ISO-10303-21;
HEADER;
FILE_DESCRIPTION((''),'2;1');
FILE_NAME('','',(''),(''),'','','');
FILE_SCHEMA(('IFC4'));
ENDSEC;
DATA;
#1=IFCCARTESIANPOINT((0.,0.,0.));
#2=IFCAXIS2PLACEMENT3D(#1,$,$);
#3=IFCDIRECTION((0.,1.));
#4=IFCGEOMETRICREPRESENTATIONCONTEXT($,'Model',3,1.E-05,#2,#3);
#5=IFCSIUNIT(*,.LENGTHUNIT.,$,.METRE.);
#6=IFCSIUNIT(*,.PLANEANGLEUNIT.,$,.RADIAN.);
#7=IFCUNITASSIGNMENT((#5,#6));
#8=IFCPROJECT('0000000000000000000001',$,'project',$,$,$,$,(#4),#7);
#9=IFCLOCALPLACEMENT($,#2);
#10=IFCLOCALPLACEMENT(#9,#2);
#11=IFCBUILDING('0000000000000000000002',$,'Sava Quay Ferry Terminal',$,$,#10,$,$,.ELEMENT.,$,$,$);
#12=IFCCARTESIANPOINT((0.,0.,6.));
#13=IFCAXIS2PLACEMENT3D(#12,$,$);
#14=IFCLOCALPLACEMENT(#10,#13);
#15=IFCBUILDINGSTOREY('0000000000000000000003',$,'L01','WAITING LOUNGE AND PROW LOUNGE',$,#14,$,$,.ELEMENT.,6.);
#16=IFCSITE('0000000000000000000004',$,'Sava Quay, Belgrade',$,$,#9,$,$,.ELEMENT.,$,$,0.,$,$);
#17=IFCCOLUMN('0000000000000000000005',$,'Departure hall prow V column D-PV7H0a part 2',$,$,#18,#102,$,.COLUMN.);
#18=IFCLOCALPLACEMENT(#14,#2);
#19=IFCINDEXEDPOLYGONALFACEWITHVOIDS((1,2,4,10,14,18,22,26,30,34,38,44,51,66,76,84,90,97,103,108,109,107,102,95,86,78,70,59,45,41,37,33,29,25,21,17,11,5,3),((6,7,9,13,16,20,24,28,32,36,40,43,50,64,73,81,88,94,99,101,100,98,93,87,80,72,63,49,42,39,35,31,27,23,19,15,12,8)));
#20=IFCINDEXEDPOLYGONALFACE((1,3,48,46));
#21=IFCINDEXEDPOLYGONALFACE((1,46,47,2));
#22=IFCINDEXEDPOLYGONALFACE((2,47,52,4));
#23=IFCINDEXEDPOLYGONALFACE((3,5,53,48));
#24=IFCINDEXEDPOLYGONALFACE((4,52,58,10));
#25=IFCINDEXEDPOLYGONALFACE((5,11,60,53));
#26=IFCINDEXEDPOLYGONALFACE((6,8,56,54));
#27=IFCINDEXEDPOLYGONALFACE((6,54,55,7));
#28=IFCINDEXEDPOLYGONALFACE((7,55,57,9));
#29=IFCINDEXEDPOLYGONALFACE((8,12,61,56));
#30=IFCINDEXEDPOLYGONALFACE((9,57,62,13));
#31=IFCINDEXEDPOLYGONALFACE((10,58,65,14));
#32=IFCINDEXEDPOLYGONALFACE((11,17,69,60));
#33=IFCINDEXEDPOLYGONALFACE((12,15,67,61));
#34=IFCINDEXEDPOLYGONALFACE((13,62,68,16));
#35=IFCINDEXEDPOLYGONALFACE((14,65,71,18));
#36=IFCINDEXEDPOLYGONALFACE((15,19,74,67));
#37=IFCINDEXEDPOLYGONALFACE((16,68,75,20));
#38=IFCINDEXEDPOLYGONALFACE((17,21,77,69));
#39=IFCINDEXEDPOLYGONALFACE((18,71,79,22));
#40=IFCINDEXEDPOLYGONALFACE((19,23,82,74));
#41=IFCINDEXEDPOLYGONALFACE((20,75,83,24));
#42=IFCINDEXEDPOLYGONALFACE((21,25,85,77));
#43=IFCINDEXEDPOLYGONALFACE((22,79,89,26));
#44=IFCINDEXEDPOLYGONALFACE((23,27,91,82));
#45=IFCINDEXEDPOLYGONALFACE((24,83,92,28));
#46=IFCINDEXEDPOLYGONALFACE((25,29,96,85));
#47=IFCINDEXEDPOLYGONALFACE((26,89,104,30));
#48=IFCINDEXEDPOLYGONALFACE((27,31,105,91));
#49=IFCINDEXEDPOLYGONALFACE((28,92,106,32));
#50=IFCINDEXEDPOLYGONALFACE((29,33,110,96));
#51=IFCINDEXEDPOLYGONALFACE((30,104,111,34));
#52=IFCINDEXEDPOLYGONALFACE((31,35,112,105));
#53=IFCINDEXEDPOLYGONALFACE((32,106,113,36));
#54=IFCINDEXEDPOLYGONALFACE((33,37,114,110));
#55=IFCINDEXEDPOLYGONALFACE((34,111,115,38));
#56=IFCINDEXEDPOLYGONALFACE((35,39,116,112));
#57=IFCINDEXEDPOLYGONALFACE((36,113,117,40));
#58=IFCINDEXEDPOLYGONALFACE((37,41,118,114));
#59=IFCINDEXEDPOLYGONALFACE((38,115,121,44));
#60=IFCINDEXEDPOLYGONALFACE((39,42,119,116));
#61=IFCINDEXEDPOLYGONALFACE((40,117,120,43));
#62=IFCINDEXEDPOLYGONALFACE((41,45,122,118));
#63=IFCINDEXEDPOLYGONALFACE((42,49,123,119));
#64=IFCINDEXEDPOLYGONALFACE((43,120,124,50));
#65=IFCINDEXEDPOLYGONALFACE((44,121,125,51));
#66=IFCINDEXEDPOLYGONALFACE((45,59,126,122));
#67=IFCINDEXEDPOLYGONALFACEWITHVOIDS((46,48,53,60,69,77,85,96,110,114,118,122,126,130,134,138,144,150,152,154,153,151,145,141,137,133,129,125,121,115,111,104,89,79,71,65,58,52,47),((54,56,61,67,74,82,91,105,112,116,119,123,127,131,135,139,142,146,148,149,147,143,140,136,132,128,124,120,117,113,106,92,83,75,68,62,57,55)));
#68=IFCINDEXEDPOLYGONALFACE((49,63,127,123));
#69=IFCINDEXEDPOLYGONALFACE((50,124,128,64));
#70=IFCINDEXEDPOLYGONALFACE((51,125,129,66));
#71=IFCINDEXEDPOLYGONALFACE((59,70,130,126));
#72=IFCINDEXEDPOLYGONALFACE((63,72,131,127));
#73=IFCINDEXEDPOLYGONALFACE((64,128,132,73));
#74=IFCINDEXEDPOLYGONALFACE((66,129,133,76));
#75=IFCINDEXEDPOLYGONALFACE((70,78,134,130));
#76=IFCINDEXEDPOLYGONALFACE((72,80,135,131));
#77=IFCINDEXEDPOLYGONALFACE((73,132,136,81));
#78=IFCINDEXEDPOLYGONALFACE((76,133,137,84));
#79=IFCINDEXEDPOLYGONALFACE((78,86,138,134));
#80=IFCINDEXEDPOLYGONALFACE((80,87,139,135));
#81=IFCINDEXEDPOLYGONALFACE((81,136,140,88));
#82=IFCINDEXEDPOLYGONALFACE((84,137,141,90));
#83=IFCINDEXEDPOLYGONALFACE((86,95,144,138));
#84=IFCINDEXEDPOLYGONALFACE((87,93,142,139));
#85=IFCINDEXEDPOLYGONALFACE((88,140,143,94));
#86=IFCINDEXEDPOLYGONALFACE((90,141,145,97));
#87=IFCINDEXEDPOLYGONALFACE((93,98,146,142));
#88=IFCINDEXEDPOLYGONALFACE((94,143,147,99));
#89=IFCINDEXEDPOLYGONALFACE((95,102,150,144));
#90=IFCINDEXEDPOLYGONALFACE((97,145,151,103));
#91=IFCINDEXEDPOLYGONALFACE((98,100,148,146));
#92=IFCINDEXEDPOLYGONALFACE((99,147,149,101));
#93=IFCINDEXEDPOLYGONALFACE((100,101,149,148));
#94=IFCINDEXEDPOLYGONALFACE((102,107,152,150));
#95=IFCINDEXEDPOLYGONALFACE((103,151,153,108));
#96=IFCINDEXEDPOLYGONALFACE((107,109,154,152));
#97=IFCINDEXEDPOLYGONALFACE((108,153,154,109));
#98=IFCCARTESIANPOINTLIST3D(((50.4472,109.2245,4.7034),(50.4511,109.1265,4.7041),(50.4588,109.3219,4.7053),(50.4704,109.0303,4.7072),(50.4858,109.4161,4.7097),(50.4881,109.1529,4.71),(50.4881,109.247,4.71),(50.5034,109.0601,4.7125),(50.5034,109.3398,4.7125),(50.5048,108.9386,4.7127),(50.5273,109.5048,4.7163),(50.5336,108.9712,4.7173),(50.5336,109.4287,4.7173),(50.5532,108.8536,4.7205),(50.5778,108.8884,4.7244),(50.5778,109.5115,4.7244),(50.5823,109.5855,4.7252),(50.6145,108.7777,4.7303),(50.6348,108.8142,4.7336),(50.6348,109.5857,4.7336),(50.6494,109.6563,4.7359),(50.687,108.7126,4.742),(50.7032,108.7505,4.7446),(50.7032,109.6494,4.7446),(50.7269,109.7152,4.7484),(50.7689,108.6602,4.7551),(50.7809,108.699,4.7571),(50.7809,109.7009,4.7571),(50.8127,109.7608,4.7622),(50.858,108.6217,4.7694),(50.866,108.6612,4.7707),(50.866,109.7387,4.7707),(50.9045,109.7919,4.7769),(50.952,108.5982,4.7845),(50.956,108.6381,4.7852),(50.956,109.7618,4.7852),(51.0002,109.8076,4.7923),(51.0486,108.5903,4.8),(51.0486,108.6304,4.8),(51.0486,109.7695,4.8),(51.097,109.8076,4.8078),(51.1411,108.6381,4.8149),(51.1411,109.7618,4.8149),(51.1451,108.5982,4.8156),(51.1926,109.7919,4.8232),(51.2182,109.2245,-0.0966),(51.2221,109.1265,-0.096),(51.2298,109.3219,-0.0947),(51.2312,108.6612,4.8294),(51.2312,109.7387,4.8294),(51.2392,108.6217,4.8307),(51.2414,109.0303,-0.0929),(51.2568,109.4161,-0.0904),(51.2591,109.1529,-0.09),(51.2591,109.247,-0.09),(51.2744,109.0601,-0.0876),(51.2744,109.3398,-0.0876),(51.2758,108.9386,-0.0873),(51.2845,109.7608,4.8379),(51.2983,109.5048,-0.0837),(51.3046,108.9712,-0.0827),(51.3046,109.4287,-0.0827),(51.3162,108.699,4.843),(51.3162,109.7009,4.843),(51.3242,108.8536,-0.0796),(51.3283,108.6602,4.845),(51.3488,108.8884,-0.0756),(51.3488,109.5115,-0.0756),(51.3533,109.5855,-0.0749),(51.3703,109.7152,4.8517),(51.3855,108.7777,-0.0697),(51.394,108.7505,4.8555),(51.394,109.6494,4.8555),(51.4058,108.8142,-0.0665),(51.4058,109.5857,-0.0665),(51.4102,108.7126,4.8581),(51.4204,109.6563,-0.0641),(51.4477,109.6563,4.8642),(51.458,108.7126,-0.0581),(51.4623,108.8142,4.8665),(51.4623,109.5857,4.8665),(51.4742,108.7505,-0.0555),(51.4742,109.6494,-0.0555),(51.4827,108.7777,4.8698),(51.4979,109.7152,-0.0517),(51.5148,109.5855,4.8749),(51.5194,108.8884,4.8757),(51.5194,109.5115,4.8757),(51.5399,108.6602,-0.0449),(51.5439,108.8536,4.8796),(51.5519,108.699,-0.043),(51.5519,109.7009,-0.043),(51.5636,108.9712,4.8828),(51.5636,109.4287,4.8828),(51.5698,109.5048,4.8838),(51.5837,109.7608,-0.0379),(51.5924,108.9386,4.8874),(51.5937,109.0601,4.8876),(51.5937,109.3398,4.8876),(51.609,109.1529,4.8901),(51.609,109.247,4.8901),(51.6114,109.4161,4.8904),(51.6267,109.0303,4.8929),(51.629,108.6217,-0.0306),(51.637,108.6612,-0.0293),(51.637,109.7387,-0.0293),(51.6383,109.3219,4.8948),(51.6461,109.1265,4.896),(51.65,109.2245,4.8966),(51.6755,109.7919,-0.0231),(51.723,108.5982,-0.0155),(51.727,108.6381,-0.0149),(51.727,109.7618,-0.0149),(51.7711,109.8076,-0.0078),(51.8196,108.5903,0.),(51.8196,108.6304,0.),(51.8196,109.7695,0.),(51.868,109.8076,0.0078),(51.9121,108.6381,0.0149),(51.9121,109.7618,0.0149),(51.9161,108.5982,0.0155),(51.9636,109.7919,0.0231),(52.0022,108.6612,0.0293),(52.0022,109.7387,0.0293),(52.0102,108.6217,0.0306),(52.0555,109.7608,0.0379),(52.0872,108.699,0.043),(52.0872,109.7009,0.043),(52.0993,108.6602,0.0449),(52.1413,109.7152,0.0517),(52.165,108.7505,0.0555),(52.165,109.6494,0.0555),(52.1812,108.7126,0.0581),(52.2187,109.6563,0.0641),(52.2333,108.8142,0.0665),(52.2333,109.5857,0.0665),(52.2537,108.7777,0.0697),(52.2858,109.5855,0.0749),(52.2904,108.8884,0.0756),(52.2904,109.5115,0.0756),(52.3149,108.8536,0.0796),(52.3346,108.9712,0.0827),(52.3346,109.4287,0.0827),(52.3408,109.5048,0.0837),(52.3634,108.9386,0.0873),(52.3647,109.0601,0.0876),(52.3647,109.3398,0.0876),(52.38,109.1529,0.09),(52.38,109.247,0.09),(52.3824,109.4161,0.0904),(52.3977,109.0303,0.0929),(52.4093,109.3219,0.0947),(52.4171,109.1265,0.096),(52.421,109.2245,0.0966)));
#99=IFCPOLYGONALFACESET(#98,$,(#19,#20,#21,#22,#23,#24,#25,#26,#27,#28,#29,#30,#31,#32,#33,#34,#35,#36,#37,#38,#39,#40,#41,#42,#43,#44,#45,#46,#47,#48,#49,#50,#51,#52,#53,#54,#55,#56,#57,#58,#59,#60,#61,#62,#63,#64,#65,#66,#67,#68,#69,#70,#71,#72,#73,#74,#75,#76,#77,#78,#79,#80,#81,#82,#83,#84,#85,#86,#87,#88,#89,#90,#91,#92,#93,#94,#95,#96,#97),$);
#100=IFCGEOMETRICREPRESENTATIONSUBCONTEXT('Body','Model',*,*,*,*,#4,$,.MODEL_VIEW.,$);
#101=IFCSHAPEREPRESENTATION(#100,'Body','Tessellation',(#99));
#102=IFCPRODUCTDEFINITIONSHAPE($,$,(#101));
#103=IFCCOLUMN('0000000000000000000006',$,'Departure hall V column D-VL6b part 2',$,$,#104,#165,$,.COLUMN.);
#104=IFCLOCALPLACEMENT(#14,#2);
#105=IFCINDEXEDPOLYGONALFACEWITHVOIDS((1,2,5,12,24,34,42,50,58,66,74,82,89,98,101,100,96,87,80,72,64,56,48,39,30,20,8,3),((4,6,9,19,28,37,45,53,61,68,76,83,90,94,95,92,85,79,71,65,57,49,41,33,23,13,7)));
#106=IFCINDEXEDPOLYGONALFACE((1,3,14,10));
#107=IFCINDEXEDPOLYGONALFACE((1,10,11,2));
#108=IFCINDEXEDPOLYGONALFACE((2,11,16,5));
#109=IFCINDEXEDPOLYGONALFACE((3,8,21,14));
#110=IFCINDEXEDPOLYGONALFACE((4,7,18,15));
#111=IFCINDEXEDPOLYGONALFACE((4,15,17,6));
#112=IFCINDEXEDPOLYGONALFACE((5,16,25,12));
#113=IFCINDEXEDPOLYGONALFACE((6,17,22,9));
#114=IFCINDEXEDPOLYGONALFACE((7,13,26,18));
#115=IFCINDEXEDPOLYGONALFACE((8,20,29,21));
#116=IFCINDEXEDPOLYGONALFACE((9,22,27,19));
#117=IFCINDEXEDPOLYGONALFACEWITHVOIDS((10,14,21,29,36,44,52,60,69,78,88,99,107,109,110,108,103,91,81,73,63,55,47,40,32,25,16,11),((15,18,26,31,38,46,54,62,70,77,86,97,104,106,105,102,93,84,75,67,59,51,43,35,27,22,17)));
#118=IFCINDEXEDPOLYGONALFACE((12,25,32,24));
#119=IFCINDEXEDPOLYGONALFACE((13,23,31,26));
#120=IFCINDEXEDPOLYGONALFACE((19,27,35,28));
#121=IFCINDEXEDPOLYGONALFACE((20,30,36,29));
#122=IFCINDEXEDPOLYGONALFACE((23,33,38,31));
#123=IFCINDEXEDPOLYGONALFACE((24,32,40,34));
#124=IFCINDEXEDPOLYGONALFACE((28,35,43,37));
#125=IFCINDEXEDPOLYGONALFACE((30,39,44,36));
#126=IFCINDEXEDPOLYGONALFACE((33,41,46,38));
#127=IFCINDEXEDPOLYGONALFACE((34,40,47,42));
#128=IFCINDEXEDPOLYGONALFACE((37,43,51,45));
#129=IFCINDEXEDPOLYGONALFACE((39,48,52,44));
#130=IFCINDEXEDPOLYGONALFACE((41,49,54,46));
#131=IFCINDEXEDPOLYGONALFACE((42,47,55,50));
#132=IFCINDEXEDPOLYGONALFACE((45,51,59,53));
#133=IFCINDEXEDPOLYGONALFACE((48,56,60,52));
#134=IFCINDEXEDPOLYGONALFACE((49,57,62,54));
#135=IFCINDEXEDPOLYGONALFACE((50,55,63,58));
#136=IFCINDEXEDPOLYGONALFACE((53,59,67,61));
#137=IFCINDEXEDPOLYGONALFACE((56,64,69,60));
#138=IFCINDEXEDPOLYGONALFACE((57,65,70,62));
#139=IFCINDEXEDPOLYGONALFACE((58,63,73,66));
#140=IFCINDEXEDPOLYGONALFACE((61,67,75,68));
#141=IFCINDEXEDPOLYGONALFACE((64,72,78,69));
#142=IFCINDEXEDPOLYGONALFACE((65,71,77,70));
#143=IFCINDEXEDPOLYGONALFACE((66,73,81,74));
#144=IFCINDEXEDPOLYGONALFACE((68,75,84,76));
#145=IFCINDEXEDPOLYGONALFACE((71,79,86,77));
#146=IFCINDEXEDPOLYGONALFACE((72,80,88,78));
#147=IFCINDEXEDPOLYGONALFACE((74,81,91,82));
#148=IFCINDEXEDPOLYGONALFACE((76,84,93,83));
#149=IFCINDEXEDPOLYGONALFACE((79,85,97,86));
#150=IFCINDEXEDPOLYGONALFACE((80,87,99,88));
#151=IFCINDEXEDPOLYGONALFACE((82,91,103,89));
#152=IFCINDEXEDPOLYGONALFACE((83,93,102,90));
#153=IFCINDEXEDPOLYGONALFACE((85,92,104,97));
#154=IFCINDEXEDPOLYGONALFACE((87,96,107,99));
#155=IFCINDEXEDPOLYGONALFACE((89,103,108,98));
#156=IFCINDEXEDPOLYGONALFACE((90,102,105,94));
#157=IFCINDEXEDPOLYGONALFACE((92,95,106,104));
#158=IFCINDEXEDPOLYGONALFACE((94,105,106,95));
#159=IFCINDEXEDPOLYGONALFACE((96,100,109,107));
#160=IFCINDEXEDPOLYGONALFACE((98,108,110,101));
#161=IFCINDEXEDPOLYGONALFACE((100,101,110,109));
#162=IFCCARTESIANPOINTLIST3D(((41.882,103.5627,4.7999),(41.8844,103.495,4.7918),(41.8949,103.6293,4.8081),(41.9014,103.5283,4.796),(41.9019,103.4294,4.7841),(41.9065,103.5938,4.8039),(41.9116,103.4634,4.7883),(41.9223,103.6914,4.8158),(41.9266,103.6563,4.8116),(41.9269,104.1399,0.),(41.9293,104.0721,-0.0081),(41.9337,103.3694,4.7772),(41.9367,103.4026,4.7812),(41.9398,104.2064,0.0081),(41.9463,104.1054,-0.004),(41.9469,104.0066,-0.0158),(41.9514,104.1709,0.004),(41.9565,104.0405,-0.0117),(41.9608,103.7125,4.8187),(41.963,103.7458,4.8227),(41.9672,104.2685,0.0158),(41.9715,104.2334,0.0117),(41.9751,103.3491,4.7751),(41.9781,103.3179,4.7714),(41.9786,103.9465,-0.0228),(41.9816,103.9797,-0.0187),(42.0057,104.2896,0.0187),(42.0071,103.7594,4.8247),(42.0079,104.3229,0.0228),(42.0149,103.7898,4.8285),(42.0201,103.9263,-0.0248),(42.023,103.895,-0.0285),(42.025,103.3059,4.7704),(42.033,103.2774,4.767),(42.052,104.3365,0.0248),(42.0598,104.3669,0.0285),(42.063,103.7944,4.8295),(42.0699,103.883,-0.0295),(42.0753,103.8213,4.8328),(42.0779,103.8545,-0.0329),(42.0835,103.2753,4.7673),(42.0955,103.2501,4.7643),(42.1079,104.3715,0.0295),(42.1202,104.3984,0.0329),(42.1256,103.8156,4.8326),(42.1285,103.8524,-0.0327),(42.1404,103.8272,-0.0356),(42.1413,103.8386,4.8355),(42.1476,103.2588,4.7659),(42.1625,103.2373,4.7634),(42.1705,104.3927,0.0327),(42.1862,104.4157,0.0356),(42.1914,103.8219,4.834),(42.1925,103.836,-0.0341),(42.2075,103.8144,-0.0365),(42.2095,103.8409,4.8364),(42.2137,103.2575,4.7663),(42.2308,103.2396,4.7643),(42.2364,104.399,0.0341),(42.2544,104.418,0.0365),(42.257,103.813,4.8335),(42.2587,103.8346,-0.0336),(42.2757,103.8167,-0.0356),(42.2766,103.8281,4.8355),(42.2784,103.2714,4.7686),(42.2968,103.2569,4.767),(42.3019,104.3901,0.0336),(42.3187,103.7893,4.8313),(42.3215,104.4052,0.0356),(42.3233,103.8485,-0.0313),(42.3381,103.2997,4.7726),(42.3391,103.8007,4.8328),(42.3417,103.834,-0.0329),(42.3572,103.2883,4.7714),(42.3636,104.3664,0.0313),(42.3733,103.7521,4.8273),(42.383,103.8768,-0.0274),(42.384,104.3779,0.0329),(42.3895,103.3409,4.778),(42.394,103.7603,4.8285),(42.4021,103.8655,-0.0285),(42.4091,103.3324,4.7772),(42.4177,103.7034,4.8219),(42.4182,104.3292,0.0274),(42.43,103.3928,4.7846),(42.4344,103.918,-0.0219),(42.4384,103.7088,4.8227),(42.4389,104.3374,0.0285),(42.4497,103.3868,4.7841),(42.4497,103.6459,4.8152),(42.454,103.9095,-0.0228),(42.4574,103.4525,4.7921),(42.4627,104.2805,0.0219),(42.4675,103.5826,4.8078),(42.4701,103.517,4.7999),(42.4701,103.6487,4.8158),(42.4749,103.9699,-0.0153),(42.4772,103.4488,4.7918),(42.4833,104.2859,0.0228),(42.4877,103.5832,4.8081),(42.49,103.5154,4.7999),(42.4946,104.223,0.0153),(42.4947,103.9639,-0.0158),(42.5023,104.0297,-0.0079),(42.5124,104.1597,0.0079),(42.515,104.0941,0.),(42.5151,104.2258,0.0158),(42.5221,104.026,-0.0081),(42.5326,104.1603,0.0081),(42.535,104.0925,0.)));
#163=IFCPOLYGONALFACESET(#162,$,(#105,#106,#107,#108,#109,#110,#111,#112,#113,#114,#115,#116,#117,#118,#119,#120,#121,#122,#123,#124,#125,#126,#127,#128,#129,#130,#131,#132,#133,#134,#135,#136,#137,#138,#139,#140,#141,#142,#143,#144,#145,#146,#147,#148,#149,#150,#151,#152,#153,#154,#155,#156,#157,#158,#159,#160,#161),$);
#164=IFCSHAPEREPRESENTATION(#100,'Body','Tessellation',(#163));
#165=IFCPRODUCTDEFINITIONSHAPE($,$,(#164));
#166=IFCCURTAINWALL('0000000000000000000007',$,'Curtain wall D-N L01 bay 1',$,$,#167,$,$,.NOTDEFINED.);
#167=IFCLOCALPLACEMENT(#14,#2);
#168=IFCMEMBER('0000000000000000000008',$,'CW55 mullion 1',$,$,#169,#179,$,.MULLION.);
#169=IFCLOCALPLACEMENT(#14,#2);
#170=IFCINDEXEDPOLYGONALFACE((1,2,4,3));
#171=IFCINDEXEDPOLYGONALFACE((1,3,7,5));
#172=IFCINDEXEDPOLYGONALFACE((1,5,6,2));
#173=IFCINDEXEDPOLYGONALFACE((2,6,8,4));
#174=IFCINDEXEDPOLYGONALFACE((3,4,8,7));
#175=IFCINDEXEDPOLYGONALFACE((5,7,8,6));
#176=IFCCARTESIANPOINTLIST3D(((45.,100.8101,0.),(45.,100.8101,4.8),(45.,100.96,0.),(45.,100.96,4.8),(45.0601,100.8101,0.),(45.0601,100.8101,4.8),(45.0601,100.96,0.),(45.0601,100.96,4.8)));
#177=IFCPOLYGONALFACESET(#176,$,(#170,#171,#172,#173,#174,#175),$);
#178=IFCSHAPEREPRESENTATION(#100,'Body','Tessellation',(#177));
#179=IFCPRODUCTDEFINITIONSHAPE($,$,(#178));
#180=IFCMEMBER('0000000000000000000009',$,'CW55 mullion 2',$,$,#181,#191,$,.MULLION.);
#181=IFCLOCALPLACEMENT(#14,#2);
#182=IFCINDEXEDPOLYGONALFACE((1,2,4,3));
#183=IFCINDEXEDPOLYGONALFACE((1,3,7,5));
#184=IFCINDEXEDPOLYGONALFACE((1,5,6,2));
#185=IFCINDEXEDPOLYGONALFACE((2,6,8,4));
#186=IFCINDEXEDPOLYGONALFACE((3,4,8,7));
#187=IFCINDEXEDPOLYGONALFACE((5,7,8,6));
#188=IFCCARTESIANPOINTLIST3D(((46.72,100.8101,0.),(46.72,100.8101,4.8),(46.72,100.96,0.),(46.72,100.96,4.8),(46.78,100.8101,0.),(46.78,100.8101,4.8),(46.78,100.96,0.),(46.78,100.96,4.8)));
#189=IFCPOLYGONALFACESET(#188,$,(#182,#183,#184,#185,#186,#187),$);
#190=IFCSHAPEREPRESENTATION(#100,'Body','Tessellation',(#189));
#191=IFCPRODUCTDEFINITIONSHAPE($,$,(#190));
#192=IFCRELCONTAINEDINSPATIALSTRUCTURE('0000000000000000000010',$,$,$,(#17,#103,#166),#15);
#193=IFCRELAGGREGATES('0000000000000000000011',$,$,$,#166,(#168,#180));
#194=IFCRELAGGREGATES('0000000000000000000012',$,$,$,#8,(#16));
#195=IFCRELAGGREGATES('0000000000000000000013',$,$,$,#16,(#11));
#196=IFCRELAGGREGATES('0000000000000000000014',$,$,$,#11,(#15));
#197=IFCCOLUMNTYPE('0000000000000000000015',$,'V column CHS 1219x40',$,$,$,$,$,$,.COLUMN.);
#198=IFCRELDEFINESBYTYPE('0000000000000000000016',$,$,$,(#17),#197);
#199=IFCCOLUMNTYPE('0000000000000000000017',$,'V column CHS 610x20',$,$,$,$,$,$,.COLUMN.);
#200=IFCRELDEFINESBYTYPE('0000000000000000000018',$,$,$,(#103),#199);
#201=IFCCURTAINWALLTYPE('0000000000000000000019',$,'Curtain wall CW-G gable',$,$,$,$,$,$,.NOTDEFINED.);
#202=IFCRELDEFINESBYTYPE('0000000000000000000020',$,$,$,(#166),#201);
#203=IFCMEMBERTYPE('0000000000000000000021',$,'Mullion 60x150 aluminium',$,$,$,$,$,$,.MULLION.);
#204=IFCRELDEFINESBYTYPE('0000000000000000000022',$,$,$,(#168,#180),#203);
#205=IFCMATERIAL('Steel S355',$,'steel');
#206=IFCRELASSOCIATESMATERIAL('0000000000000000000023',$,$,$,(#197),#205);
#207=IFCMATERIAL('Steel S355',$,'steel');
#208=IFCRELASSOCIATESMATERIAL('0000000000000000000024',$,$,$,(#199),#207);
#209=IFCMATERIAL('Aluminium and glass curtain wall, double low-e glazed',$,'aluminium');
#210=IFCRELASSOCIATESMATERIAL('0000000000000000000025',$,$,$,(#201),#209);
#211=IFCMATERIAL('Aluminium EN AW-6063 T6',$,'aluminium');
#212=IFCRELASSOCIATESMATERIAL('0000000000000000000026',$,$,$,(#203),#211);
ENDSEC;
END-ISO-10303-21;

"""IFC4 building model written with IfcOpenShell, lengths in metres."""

from ifc_helpers import new_model, si_unit, direction, frame, origin, origin_2d, place, context, subcontext, project, spatial, rectangle, hollow_circle, extrude, material, material_profile, profile_set, type_object, element, aggregate, save


model = new_model("IFC4")

# Units and contexts
model_context = context("Model", 3, precision=1e-05, world=origin(), true_north=direction((0.0, 1.0)))
body_context = subcontext(model_context, "Body", "Model", "MODEL_VIEW")
ifc_project = project(units=[si_unit("LENGTHUNIT", "METRE"), si_unit("PLANEANGLEUNIT", "RADIAN")], contexts=[model_context])

# Site, building, storey
site_placement = place(None, origin())
site = spatial("IfcSite", under=ifc_project, at=site_placement, Name="Sava Quay, Belgrade", CompositionType="ELEMENT", RefElevation=0.0)
building_placement = place(site_placement, origin())
building = spatial("IfcBuilding", under=site, at=building_placement, Name="Sava Quay Ferry Terminal", CompositionType="ELEMENT")
storey_placement = place(building_placement, frame((0.0, 0.0, 6.0)))
storey = spatial("IfcBuildingStorey", under=building, at=storey_placement, Name="L01", Description="WAITING LOUNGE AND PROW LOUNGE", CompositionType="ELEMENT", Elevation=6.0)

# Columns
ifc_material_1 = material(Name="Steel S355", Category="steel")
ifc_material_profile_1 = material_profile(ifc_material_1, hollow_circle(Radius=0.6096, WallThickness=0.04, at=origin_2d()), Name="CHS 1219 x 40.0")
ifc_profile_set_1 = profile_set([ifc_material_profile_1], Name="Steel S355")
column_type_1 = type_object("IfcColumnType", Name="V column CHS 1219x40", PredefinedType="COLUMN", material=ifc_profile_set_1)
column_1_placement = place(storey_placement, frame((51.8196, 109.2, 0.0), z_axis=(-0.15859, 0.0, 0.987345), x_axis=(0.0, -1.0, 0.0)))
element("IfcColumn", 1, at=column_1_placement, inside=storey, type_object=column_type_1, Name="Departure hall prow V column D-PV7H0a part 2", PredefinedType="COLUMN", context=body_context, shape_type="SweptSolid", body=[
    extrude(hollow_circle(Radius=0.6096, WallThickness=0.04, at=origin_2d()), origin(), (0.0, 0.0, 1.0), 4.8616),
])
ifc_material_2 = material(Name="Steel S355", Category="steel")
ifc_material_profile_2 = material_profile(ifc_material_2, hollow_circle(Radius=0.3049, WallThickness=0.02, at=origin_2d()), Name="CHS 610 x 20.0")
ifc_profile_set_2 = profile_set([ifc_material_profile_2], Name="Steel S355")
column_type_2 = type_object("IfcColumnType", Name="V column CHS 610x20", PredefinedType="COLUMN", material=ifc_profile_set_2)
column_2_placement = place(storey_placement, frame((42.231, 104.1162, 0.0), z_axis=(-0.009291, -0.119373, 0.992806), x_axis=(0.996985, -0.077599, 0.0)))
element("IfcColumn", 2, at=column_2_placement, inside=storey, type_object=column_type_2, Name="Departure hall V column D-VL6b part 2", PredefinedType="COLUMN", context=body_context, shape_type="SweptSolid", body=[
    extrude(hollow_circle(Radius=0.3049, WallThickness=0.02, at=origin_2d()), origin(), (0.0, 0.0, 1.0), 4.8347),
])

# Curtain wall, members
ifc_material_3 = material(Name="Aluminium and glass curtain wall, double low-e glazed", Category="aluminium")
curtain_wall_type = type_object("IfcCurtainWallType", Name="Curtain wall CW-G gable", PredefinedType="NOTDEFINED", material=ifc_material_3)
curtain_wall_1_placement = place(storey_placement, origin())
curtain_wall_1 = element("IfcCurtainWall", 3, at=curtain_wall_1_placement, inside=storey, type_object=curtain_wall_type, Name="Curtain wall D-N L01 bay 1", PredefinedType="NOTDEFINED")
ifc_material_4 = material(Name="Aluminium EN AW-6063 T6", Category="aluminium")
ifc_material_profile_3 = material_profile(ifc_material_4, rectangle(XDim=0.1499, YDim=0.0601, at=origin_2d()), Name="Mullion 60x150 aluminium")
ifc_profile_set_3 = profile_set([ifc_material_profile_3], Name="Aluminium EN AW-6063 T6")
member_type_1 = type_object("IfcMemberType", Name="Mullion 60x150 aluminium", PredefinedType="MULLION", material=ifc_profile_set_3)
member_1_placement = place(storey_placement, frame((45.03, 100.885, 0.0), z_axis=(0.0, 0.0, 1.0), x_axis=(0.0, 1.0, 0.0)))
member_1 = element("IfcMember", 4, at=member_1_placement, type_object=member_type_1, Name="CW55 mullion 1", PredefinedType="MULLION", context=body_context, shape_type="SweptSolid", body=[
    extrude(rectangle(XDim=0.1499, YDim=0.0601, at=origin_2d()), origin(), (0.0, 0.0, 1.0), 4.8),
])
member_2_placement = place(storey_placement, frame((46.75, 100.885, 0.0), z_axis=(0.0, 0.0, 1.0), x_axis=(0.0, 1.0, 0.0)))
member_2 = element("IfcMember", 5, at=member_2_placement, type_object=member_type_1, Name="CW55 mullion 2", PredefinedType="MULLION", context=body_context, shape_type="SweptSolid", body=[
    extrude(rectangle(XDim=0.1499, YDim=0.0601, at=origin_2d()), origin(), (0.0, 0.0, 1.0), 4.8),
])

aggregate(curtain_wall_1, [member_1, member_2])

save(model, "model.ifc")
